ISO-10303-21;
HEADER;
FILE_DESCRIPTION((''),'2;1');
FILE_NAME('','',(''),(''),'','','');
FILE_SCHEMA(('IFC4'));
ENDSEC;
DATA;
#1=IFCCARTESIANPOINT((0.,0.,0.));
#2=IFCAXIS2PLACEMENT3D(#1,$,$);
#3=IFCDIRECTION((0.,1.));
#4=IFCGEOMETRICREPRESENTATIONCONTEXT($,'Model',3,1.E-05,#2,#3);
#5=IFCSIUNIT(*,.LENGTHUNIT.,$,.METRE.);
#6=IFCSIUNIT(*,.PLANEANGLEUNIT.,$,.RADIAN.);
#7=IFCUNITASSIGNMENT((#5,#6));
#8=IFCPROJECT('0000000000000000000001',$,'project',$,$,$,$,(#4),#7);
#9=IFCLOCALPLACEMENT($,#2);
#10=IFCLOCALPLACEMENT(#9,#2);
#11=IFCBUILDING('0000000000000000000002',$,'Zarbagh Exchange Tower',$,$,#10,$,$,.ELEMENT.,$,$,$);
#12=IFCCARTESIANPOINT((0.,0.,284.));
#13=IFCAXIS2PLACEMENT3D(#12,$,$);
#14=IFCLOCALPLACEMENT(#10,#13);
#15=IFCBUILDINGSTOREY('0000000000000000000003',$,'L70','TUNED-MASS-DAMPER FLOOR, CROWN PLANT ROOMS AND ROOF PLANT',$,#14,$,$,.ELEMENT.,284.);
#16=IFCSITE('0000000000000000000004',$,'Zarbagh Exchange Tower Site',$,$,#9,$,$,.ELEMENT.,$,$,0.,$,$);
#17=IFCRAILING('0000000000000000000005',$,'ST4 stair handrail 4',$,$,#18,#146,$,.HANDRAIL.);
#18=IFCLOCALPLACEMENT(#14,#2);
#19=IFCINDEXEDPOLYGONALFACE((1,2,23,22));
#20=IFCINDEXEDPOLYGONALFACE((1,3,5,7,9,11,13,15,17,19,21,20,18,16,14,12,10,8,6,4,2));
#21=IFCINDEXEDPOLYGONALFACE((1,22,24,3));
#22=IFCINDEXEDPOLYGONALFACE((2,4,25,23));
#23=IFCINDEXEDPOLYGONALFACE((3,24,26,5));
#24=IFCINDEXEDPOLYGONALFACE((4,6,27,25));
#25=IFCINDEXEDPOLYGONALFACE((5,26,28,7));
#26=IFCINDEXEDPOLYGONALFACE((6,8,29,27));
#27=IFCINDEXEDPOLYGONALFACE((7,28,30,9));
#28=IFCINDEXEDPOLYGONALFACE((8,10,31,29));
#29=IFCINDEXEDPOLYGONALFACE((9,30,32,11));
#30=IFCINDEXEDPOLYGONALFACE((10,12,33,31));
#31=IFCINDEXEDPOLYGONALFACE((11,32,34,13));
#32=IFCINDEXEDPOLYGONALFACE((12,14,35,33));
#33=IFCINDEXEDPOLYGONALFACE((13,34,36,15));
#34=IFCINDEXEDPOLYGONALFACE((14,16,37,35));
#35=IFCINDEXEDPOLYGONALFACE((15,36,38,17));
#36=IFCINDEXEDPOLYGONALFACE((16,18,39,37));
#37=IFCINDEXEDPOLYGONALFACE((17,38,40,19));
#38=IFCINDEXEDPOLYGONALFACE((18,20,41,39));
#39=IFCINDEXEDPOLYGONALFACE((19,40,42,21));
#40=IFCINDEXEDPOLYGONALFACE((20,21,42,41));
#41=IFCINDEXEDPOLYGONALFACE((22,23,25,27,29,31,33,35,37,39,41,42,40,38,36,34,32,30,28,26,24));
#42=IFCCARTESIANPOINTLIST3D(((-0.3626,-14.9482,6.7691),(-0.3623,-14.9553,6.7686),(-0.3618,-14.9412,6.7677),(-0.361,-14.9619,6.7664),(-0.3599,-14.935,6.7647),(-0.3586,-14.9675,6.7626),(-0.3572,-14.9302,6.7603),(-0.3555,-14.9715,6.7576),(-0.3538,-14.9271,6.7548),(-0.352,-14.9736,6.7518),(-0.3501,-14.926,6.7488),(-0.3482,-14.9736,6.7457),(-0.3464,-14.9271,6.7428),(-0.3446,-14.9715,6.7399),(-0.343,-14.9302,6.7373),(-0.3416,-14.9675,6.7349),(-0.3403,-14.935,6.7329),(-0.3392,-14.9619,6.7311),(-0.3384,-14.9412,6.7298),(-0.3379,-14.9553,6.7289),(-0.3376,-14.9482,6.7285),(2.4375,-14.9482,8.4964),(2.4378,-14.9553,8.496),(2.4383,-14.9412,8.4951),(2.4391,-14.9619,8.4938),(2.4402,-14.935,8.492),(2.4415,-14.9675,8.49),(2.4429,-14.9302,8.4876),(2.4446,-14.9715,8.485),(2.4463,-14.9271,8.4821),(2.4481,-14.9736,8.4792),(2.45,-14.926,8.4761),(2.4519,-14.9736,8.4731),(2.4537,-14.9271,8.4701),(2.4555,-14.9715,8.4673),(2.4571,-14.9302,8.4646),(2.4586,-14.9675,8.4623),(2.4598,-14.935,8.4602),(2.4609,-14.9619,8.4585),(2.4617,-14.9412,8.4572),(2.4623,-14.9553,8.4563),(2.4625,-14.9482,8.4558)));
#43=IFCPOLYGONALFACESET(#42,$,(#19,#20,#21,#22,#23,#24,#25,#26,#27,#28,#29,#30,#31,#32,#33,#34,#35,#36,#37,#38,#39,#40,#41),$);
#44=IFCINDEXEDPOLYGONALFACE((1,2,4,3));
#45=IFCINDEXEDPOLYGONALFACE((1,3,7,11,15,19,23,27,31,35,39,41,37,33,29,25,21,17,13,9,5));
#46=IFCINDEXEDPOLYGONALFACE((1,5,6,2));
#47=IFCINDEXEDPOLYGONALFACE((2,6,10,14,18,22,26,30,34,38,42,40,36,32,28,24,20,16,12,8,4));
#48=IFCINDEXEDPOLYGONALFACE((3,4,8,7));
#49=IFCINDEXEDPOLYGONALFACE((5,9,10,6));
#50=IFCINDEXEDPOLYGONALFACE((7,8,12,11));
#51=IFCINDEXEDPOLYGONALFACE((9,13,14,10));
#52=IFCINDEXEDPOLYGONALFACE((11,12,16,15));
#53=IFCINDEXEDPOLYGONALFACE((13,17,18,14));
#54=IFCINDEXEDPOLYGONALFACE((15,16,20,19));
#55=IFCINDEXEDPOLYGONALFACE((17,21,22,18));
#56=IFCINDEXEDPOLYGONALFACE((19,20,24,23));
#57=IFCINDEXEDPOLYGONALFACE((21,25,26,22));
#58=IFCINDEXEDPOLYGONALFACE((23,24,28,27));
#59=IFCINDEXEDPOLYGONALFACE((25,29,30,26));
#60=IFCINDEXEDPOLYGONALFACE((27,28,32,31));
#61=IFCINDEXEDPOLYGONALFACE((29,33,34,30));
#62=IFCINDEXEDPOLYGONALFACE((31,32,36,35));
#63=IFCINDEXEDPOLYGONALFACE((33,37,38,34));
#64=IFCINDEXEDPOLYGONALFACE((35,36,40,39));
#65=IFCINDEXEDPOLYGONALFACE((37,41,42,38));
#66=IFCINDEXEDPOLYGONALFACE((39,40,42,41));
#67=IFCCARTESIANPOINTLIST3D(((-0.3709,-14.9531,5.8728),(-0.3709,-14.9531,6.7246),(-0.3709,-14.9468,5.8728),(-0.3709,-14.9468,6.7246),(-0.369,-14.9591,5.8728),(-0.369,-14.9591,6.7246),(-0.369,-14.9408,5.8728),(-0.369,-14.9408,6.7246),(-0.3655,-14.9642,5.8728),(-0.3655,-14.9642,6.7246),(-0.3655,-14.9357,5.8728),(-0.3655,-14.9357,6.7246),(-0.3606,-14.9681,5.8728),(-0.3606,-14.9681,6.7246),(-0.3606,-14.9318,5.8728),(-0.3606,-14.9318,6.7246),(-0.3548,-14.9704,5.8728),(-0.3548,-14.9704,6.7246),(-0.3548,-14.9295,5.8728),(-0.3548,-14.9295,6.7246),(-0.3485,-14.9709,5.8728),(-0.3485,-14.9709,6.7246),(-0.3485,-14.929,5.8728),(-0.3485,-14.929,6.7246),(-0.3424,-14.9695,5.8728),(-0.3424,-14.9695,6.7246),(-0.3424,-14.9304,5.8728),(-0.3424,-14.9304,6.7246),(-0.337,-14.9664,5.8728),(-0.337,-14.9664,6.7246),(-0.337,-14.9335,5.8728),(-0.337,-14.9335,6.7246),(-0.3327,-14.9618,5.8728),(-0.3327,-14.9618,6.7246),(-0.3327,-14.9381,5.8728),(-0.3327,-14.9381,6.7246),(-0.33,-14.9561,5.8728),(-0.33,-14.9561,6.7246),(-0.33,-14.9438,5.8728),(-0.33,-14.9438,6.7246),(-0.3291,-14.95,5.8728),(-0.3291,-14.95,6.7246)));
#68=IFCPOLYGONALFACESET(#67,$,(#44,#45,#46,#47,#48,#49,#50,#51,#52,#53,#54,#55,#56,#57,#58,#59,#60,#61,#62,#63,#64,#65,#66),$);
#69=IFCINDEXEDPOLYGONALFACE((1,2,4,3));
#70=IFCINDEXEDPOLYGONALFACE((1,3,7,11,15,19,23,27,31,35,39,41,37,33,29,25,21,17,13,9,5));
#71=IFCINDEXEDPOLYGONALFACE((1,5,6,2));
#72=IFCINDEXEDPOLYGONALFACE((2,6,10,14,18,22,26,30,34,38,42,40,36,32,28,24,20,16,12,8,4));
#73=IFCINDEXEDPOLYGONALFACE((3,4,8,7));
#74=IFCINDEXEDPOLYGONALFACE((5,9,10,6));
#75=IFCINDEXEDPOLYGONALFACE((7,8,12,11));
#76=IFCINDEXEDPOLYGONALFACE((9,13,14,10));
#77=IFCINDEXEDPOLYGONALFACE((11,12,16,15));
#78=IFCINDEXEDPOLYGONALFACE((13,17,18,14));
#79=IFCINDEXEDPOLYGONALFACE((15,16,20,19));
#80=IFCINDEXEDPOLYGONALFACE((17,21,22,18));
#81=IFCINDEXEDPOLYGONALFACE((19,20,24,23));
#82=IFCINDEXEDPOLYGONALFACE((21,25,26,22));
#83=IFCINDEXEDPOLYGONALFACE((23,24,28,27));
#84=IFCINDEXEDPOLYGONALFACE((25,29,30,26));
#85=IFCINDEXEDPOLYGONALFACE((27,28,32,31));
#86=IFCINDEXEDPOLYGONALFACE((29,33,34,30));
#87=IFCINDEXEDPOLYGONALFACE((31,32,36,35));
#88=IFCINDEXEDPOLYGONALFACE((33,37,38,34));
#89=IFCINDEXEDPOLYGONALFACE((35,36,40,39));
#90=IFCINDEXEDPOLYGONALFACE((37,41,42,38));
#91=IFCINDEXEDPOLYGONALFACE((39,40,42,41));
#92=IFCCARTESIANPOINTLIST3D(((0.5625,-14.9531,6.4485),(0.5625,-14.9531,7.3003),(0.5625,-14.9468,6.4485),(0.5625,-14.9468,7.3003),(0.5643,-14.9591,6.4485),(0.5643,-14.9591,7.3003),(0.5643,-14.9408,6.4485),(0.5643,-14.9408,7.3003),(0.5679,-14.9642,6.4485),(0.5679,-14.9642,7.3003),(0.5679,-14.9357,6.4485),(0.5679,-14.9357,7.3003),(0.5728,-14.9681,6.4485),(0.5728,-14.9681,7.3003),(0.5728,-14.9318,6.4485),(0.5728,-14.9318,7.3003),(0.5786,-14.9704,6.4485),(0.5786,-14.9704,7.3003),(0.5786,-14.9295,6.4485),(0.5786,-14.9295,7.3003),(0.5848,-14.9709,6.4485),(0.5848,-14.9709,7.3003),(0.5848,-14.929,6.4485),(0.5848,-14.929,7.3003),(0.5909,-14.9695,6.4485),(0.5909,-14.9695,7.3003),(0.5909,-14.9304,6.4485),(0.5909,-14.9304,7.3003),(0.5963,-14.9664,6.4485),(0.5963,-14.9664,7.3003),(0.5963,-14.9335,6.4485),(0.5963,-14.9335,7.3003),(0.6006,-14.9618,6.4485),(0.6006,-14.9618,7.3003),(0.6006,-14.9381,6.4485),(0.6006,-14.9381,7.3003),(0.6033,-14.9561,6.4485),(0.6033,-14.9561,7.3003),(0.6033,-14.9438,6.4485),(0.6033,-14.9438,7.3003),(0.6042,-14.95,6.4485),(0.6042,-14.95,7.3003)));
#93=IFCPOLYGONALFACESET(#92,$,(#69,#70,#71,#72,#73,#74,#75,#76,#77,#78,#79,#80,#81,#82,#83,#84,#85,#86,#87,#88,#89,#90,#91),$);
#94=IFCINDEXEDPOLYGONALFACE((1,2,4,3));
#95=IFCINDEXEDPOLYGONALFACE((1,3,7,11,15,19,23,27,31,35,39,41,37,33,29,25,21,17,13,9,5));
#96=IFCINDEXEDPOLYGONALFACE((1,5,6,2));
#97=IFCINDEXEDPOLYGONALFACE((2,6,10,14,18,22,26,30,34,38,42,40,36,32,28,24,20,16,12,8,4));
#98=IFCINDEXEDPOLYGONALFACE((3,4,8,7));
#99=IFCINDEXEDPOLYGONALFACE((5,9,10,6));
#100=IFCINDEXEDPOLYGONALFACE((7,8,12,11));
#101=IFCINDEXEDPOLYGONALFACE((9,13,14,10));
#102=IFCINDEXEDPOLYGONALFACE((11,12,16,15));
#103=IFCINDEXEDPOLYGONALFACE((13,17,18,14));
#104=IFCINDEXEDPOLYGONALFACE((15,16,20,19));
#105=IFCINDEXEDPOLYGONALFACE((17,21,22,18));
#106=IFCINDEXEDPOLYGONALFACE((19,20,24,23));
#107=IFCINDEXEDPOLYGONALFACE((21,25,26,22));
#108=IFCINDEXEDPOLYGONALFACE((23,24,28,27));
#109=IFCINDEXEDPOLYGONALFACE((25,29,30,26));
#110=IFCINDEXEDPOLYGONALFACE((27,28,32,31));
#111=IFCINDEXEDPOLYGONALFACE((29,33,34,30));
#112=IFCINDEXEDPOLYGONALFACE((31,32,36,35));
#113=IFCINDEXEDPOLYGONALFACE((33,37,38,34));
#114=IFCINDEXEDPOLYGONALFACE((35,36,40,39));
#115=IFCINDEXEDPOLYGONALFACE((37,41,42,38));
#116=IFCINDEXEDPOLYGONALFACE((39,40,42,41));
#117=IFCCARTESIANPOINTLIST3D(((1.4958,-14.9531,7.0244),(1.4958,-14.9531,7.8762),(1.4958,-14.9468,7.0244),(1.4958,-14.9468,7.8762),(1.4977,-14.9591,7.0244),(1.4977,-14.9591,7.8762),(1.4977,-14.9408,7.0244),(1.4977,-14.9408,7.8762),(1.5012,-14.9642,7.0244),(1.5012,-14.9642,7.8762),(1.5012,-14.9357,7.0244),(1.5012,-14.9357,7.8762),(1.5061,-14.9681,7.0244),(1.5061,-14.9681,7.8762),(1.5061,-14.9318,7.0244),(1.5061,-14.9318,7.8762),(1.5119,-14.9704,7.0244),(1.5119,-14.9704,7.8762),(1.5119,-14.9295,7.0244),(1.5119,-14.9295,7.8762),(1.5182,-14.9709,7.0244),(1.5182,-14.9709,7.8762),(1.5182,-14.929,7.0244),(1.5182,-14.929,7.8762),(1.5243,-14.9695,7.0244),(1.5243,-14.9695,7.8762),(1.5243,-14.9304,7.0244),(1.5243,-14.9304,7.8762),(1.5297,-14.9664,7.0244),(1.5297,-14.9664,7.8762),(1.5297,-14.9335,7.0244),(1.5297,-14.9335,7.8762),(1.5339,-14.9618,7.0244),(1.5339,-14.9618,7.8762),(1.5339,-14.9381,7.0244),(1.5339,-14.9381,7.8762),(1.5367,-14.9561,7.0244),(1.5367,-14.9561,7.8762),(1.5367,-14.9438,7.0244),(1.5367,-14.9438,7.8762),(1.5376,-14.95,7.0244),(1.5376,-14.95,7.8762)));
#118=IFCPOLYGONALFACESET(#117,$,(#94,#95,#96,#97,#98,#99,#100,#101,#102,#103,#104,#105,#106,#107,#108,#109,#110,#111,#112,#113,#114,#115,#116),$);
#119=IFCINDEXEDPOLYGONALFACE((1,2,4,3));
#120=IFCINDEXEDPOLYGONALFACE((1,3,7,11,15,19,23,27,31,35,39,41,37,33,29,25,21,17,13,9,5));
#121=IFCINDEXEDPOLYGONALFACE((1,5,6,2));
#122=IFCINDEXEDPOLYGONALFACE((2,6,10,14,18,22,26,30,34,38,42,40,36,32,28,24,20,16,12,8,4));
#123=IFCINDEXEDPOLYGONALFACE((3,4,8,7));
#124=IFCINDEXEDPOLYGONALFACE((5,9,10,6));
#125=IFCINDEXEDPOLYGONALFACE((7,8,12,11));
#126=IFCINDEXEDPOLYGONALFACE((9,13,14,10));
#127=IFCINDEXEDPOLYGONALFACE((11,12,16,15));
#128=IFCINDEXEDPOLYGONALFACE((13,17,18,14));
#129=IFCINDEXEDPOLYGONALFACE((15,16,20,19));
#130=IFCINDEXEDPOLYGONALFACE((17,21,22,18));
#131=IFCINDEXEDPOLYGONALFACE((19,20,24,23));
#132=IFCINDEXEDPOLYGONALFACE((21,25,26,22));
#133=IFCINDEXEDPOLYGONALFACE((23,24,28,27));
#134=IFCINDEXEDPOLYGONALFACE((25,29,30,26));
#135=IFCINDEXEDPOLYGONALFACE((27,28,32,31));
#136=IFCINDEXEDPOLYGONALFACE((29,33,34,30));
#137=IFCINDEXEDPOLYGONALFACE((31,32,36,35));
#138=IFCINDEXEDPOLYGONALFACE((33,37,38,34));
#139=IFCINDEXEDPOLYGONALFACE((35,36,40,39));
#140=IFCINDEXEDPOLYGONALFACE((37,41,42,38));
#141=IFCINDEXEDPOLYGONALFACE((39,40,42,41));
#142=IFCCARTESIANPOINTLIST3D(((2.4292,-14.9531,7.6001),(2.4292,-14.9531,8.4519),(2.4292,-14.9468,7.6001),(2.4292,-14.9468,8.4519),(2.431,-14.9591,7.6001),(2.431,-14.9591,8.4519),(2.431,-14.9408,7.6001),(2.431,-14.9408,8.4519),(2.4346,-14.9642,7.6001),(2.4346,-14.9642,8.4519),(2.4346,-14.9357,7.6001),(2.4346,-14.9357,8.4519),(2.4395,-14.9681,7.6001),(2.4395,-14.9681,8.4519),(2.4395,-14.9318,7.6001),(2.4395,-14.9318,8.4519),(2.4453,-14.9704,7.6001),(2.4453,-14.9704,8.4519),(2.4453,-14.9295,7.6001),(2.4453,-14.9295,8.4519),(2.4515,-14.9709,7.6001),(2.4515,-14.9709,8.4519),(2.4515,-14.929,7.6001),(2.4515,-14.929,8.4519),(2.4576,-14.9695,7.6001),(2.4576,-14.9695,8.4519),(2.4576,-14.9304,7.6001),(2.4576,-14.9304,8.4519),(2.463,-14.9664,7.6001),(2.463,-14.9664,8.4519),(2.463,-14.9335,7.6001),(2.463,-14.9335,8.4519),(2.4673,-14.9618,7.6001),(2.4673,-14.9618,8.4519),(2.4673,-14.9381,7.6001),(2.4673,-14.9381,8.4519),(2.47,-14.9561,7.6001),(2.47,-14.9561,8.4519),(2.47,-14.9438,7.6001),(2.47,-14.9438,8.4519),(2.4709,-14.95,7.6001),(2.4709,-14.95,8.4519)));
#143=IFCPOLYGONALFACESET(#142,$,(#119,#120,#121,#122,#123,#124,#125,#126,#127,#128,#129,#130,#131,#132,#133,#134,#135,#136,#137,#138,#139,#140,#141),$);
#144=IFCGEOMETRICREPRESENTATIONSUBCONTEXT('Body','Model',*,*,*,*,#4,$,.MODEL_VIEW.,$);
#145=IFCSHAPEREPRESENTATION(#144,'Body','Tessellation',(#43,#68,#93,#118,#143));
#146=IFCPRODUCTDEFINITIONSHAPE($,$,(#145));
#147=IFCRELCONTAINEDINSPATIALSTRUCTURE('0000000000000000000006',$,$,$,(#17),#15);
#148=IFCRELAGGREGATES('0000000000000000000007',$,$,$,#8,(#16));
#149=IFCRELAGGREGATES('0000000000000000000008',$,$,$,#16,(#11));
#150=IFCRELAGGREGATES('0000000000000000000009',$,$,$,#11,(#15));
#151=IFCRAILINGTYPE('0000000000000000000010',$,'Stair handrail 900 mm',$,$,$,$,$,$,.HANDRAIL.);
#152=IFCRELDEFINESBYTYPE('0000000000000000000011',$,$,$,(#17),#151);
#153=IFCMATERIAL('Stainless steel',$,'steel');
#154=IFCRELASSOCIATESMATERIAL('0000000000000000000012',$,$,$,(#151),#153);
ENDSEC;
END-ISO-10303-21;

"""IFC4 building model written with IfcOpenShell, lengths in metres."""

from ifc_helpers import new_model, si_unit, direction, frame, origin, origin_2d, place, context, subcontext, project, spatial, circle, extrude, material, type_object, element, save


model = new_model("IFC4")

# Units and contexts
model_context = context("Model", 3, precision=1e-05, world=origin(), true_north=direction((0.0, 1.0)))
body_context = subcontext(model_context, "Body", "Model", "MODEL_VIEW")
ifc_project = project(units=[si_unit("LENGTHUNIT", "METRE"), si_unit("PLANEANGLEUNIT", "RADIAN")], contexts=[model_context])

# Site, building, storey
site_placement = place(None, origin())
site = spatial("IfcSite", under=ifc_project, at=site_placement, Name="Zarbagh Exchange Tower Site", CompositionType="ELEMENT", RefElevation=0.0)
building_placement = place(site_placement, origin())
building = spatial("IfcBuilding", under=site, at=building_placement, Name="Zarbagh Exchange Tower", CompositionType="ELEMENT")
storey_placement = place(building_placement, frame((0.0, 0.0, 284.0)))
storey = spatial("IfcBuildingStorey", under=building, at=storey_placement, Name="L70", Description="TUNED-MASS-DAMPER FLOOR, CROWN PLANT ROOMS AND ROOF PLANT", CompositionType="ELEMENT", Elevation=284.0)

# Shared definitions
ifc_material_1 = material(Name="Stainless steel", Category="steel")

# Railing
railing_type_1 = type_object("IfcRailingType", Name="Stair handrail 900 mm", PredefinedType="HANDRAIL", material=ifc_material_1)
for number, where, name in (
    (1, (-0.3501, -14.95, 5.8728), "ST4 stair handrail 4"),
):
    element("IfcRailing", number, at=place(storey_placement, frame(where)), inside=storey, type_object=railing_type_1, Name=name, PredefinedType="HANDRAIL", context=body_context, shape_type="SweptSolid", body=[
        extrude(circle(Radius=0.0239, at=origin_2d()), frame((0.0, 0.0, 0.876), z_axis=(0.85109, 0.0, 0.52502), x_axis=(0.0, 1.0, 0.0)), (0.0, 0.0, 1.0), 3.29),
        extrude(circle(Radius=0.021, at=origin_2d()), origin(), (0.0, 0.0, 1.0), 0.8518),
        extrude(circle(Radius=0.021, at=origin_2d()), frame((0.9333, 0.0, 0.5757)), (0.0, 0.0, 1.0), 0.8518),
        extrude(circle(Radius=0.021, at=origin_2d()), frame((1.8667, 0.0, 1.1516)), (0.0, 0.0, 1.0), 0.8518),
        extrude(circle(Radius=0.021, at=origin_2d()), frame((2.8, 0.0, 1.7273)), (0.0, 0.0, 1.0), 0.8518),
    ])

save(model, "model.ifc")
